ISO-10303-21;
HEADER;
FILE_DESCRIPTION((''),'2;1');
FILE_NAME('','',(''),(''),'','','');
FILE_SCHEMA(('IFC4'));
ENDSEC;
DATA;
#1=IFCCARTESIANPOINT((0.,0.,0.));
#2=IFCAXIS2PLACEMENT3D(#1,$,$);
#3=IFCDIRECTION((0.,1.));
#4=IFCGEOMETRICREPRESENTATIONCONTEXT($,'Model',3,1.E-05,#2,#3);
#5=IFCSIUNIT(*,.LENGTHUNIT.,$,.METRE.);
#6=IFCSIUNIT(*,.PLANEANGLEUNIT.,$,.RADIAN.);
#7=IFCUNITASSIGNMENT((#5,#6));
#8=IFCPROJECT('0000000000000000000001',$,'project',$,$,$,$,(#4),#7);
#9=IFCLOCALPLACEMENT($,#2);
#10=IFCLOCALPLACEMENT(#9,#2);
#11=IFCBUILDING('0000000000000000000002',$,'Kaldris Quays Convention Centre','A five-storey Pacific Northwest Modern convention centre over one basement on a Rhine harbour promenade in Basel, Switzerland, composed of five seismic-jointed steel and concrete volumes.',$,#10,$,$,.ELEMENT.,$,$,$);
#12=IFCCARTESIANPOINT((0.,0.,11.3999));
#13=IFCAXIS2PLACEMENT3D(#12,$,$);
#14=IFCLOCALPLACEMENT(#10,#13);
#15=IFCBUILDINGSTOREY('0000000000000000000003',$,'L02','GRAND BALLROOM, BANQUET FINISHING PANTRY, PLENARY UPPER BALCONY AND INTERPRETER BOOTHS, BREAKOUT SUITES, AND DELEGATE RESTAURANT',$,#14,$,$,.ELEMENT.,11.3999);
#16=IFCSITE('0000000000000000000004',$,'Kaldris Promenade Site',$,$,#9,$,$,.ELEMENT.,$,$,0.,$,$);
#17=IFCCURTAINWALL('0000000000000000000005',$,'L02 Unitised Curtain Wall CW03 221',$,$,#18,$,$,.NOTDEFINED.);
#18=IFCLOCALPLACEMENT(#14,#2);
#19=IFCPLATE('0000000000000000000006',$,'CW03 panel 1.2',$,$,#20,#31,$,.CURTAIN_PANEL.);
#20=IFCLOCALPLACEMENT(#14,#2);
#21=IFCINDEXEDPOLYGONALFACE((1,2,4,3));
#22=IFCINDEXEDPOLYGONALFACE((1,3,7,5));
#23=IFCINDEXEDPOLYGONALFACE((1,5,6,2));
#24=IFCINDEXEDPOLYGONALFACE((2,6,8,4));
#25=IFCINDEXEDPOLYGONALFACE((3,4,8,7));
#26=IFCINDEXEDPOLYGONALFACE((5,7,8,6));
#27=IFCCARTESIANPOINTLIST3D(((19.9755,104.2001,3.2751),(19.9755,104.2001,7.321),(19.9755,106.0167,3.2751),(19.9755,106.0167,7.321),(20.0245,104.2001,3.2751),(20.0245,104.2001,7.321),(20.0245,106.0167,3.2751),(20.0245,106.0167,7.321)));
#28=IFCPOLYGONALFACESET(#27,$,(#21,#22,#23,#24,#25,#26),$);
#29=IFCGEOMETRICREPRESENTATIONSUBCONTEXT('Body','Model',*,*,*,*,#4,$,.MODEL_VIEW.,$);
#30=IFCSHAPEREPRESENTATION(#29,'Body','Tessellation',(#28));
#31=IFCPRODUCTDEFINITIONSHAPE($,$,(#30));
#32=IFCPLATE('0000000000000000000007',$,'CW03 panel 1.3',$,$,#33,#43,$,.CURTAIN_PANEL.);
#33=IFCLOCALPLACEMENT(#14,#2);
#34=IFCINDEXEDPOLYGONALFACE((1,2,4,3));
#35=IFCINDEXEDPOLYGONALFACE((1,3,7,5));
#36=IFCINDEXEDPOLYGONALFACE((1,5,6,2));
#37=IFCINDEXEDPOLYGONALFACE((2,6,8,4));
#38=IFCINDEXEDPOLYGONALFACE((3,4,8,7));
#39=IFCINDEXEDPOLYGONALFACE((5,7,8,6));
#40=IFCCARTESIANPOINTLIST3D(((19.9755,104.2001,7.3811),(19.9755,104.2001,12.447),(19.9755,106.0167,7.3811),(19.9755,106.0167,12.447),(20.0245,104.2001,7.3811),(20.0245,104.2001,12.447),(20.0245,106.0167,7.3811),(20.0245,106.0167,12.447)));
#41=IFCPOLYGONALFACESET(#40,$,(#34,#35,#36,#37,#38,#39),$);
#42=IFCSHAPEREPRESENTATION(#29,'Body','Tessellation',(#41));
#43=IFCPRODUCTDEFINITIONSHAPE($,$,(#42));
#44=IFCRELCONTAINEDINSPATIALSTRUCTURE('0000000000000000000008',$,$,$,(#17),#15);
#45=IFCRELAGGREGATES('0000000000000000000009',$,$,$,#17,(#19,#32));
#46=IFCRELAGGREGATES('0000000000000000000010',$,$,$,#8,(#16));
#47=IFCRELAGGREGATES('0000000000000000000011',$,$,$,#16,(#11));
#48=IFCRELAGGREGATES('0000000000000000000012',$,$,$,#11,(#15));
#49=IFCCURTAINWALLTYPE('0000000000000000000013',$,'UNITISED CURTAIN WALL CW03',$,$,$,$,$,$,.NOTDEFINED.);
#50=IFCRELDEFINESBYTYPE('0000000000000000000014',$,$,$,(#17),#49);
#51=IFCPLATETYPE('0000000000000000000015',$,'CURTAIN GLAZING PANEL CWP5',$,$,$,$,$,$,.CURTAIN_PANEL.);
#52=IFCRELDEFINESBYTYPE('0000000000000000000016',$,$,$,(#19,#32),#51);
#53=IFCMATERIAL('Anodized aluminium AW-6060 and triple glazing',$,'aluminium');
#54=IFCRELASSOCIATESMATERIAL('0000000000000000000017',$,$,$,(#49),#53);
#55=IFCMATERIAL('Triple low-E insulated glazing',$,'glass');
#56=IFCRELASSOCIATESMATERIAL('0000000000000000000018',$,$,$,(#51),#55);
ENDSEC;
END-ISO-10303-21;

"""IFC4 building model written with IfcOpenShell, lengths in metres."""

from ifc_helpers import new_model, si_unit, direction, frame, origin, origin_2d, place, context, subcontext, project, spatial, rectangle, extrude, material, type_object, element, aggregate, save


model = new_model("IFC4")

# Units and contexts
model_context = context("Model", 3, precision=1e-05, world=origin(), true_north=direction((0.0, 1.0)))
body_context = subcontext(model_context, "Body", "Model", "MODEL_VIEW")
ifc_project = project(units=[si_unit("LENGTHUNIT", "METRE"), si_unit("PLANEANGLEUNIT", "RADIAN")], contexts=[model_context])

# Site, building, storey
site_placement = place(None, origin())
site = spatial("IfcSite", under=ifc_project, at=site_placement, Name="Kaldris Promenade Site", CompositionType="ELEMENT", RefElevation=0.0)
building_placement = place(site_placement, origin())
building = spatial("IfcBuilding", under=site, at=building_placement, Name="Kaldris Quays Convention Centre", Description="A five-storey Pacific Northwest Modern convention centre over one basement on a Rhine harbour promenade in Basel, Switzerland, composed of five seismic-jointed steel and concrete volumes.", CompositionType="ELEMENT")
storey_placement = place(building_placement, frame((0.0, 0.0, 11.3999)))
storey = spatial("IfcBuildingStorey", under=building, at=storey_placement, Name="L02", Description="GRAND BALLROOM, BANQUET FINISHING PANTRY, PLENARY UPPER BALCONY AND INTERPRETER BOOTHS, BREAKOUT SUITES, AND DELEGATE RESTAURANT", CompositionType="ELEMENT", Elevation=11.3999)

# Curtain wall
ifc_material_1 = material(Name="Anodized aluminium AW-6060 and triple glazing", Category="aluminium")
curtain_wall_type = type_object("IfcCurtainWallType", Name="UNITISED CURTAIN WALL CW03", PredefinedType="NOTDEFINED", material=ifc_material_1)
curtain_wall_placement = place(storey_placement, origin())
curtain_wall = element("IfcCurtainWall", 1, at=curtain_wall_placement, inside=storey, type_object=curtain_wall_type, Name="L02 Unitised Curtain Wall CW03 221", PredefinedType="NOTDEFINED")

# Plates
ifc_material_2 = material(Name="Triple low-E insulated glazing", Category="glass")
plate_type = type_object("IfcPlateType", Name="CURTAIN GLAZING PANEL CWP5", PredefinedType="CURTAIN_PANEL", material=ifc_material_2)
plate_1_placement = place(storey_placement, frame((20.0, 105.1084, 3.2751), z_axis=(0.0, 0.0, 1.0), x_axis=(0.0, 1.0, 0.0)))
plate_1 = element("IfcPlate", 2, at=plate_1_placement, type_object=plate_type, Name="CW03 panel 1.2", PredefinedType="CURTAIN_PANEL", context=body_context, shape_type="SweptSolid", body=[
    extrude(rectangle(XDim=1.8167, YDim=0.0491, at=origin_2d()), origin(), (0.0, 0.0, 1.0), 4.0459),
])
plate_2_placement = place(storey_placement, frame((20.0, 105.1084, 7.3811), z_axis=(0.0, 0.0, 1.0), x_axis=(0.0, 1.0, 0.0)))
plate_2 = element("IfcPlate", 3, at=plate_2_placement, type_object=plate_type, Name="CW03 panel 1.3", PredefinedType="CURTAIN_PANEL", context=body_context, shape_type="SweptSolid", body=[
    extrude(rectangle(XDim=1.8167, YDim=0.0491, at=origin_2d()), origin(), (0.0, 0.0, 1.0), 5.0659),
])
aggregate(curtain_wall, [plate_1, plate_2])

save(model, "model.ifc")
